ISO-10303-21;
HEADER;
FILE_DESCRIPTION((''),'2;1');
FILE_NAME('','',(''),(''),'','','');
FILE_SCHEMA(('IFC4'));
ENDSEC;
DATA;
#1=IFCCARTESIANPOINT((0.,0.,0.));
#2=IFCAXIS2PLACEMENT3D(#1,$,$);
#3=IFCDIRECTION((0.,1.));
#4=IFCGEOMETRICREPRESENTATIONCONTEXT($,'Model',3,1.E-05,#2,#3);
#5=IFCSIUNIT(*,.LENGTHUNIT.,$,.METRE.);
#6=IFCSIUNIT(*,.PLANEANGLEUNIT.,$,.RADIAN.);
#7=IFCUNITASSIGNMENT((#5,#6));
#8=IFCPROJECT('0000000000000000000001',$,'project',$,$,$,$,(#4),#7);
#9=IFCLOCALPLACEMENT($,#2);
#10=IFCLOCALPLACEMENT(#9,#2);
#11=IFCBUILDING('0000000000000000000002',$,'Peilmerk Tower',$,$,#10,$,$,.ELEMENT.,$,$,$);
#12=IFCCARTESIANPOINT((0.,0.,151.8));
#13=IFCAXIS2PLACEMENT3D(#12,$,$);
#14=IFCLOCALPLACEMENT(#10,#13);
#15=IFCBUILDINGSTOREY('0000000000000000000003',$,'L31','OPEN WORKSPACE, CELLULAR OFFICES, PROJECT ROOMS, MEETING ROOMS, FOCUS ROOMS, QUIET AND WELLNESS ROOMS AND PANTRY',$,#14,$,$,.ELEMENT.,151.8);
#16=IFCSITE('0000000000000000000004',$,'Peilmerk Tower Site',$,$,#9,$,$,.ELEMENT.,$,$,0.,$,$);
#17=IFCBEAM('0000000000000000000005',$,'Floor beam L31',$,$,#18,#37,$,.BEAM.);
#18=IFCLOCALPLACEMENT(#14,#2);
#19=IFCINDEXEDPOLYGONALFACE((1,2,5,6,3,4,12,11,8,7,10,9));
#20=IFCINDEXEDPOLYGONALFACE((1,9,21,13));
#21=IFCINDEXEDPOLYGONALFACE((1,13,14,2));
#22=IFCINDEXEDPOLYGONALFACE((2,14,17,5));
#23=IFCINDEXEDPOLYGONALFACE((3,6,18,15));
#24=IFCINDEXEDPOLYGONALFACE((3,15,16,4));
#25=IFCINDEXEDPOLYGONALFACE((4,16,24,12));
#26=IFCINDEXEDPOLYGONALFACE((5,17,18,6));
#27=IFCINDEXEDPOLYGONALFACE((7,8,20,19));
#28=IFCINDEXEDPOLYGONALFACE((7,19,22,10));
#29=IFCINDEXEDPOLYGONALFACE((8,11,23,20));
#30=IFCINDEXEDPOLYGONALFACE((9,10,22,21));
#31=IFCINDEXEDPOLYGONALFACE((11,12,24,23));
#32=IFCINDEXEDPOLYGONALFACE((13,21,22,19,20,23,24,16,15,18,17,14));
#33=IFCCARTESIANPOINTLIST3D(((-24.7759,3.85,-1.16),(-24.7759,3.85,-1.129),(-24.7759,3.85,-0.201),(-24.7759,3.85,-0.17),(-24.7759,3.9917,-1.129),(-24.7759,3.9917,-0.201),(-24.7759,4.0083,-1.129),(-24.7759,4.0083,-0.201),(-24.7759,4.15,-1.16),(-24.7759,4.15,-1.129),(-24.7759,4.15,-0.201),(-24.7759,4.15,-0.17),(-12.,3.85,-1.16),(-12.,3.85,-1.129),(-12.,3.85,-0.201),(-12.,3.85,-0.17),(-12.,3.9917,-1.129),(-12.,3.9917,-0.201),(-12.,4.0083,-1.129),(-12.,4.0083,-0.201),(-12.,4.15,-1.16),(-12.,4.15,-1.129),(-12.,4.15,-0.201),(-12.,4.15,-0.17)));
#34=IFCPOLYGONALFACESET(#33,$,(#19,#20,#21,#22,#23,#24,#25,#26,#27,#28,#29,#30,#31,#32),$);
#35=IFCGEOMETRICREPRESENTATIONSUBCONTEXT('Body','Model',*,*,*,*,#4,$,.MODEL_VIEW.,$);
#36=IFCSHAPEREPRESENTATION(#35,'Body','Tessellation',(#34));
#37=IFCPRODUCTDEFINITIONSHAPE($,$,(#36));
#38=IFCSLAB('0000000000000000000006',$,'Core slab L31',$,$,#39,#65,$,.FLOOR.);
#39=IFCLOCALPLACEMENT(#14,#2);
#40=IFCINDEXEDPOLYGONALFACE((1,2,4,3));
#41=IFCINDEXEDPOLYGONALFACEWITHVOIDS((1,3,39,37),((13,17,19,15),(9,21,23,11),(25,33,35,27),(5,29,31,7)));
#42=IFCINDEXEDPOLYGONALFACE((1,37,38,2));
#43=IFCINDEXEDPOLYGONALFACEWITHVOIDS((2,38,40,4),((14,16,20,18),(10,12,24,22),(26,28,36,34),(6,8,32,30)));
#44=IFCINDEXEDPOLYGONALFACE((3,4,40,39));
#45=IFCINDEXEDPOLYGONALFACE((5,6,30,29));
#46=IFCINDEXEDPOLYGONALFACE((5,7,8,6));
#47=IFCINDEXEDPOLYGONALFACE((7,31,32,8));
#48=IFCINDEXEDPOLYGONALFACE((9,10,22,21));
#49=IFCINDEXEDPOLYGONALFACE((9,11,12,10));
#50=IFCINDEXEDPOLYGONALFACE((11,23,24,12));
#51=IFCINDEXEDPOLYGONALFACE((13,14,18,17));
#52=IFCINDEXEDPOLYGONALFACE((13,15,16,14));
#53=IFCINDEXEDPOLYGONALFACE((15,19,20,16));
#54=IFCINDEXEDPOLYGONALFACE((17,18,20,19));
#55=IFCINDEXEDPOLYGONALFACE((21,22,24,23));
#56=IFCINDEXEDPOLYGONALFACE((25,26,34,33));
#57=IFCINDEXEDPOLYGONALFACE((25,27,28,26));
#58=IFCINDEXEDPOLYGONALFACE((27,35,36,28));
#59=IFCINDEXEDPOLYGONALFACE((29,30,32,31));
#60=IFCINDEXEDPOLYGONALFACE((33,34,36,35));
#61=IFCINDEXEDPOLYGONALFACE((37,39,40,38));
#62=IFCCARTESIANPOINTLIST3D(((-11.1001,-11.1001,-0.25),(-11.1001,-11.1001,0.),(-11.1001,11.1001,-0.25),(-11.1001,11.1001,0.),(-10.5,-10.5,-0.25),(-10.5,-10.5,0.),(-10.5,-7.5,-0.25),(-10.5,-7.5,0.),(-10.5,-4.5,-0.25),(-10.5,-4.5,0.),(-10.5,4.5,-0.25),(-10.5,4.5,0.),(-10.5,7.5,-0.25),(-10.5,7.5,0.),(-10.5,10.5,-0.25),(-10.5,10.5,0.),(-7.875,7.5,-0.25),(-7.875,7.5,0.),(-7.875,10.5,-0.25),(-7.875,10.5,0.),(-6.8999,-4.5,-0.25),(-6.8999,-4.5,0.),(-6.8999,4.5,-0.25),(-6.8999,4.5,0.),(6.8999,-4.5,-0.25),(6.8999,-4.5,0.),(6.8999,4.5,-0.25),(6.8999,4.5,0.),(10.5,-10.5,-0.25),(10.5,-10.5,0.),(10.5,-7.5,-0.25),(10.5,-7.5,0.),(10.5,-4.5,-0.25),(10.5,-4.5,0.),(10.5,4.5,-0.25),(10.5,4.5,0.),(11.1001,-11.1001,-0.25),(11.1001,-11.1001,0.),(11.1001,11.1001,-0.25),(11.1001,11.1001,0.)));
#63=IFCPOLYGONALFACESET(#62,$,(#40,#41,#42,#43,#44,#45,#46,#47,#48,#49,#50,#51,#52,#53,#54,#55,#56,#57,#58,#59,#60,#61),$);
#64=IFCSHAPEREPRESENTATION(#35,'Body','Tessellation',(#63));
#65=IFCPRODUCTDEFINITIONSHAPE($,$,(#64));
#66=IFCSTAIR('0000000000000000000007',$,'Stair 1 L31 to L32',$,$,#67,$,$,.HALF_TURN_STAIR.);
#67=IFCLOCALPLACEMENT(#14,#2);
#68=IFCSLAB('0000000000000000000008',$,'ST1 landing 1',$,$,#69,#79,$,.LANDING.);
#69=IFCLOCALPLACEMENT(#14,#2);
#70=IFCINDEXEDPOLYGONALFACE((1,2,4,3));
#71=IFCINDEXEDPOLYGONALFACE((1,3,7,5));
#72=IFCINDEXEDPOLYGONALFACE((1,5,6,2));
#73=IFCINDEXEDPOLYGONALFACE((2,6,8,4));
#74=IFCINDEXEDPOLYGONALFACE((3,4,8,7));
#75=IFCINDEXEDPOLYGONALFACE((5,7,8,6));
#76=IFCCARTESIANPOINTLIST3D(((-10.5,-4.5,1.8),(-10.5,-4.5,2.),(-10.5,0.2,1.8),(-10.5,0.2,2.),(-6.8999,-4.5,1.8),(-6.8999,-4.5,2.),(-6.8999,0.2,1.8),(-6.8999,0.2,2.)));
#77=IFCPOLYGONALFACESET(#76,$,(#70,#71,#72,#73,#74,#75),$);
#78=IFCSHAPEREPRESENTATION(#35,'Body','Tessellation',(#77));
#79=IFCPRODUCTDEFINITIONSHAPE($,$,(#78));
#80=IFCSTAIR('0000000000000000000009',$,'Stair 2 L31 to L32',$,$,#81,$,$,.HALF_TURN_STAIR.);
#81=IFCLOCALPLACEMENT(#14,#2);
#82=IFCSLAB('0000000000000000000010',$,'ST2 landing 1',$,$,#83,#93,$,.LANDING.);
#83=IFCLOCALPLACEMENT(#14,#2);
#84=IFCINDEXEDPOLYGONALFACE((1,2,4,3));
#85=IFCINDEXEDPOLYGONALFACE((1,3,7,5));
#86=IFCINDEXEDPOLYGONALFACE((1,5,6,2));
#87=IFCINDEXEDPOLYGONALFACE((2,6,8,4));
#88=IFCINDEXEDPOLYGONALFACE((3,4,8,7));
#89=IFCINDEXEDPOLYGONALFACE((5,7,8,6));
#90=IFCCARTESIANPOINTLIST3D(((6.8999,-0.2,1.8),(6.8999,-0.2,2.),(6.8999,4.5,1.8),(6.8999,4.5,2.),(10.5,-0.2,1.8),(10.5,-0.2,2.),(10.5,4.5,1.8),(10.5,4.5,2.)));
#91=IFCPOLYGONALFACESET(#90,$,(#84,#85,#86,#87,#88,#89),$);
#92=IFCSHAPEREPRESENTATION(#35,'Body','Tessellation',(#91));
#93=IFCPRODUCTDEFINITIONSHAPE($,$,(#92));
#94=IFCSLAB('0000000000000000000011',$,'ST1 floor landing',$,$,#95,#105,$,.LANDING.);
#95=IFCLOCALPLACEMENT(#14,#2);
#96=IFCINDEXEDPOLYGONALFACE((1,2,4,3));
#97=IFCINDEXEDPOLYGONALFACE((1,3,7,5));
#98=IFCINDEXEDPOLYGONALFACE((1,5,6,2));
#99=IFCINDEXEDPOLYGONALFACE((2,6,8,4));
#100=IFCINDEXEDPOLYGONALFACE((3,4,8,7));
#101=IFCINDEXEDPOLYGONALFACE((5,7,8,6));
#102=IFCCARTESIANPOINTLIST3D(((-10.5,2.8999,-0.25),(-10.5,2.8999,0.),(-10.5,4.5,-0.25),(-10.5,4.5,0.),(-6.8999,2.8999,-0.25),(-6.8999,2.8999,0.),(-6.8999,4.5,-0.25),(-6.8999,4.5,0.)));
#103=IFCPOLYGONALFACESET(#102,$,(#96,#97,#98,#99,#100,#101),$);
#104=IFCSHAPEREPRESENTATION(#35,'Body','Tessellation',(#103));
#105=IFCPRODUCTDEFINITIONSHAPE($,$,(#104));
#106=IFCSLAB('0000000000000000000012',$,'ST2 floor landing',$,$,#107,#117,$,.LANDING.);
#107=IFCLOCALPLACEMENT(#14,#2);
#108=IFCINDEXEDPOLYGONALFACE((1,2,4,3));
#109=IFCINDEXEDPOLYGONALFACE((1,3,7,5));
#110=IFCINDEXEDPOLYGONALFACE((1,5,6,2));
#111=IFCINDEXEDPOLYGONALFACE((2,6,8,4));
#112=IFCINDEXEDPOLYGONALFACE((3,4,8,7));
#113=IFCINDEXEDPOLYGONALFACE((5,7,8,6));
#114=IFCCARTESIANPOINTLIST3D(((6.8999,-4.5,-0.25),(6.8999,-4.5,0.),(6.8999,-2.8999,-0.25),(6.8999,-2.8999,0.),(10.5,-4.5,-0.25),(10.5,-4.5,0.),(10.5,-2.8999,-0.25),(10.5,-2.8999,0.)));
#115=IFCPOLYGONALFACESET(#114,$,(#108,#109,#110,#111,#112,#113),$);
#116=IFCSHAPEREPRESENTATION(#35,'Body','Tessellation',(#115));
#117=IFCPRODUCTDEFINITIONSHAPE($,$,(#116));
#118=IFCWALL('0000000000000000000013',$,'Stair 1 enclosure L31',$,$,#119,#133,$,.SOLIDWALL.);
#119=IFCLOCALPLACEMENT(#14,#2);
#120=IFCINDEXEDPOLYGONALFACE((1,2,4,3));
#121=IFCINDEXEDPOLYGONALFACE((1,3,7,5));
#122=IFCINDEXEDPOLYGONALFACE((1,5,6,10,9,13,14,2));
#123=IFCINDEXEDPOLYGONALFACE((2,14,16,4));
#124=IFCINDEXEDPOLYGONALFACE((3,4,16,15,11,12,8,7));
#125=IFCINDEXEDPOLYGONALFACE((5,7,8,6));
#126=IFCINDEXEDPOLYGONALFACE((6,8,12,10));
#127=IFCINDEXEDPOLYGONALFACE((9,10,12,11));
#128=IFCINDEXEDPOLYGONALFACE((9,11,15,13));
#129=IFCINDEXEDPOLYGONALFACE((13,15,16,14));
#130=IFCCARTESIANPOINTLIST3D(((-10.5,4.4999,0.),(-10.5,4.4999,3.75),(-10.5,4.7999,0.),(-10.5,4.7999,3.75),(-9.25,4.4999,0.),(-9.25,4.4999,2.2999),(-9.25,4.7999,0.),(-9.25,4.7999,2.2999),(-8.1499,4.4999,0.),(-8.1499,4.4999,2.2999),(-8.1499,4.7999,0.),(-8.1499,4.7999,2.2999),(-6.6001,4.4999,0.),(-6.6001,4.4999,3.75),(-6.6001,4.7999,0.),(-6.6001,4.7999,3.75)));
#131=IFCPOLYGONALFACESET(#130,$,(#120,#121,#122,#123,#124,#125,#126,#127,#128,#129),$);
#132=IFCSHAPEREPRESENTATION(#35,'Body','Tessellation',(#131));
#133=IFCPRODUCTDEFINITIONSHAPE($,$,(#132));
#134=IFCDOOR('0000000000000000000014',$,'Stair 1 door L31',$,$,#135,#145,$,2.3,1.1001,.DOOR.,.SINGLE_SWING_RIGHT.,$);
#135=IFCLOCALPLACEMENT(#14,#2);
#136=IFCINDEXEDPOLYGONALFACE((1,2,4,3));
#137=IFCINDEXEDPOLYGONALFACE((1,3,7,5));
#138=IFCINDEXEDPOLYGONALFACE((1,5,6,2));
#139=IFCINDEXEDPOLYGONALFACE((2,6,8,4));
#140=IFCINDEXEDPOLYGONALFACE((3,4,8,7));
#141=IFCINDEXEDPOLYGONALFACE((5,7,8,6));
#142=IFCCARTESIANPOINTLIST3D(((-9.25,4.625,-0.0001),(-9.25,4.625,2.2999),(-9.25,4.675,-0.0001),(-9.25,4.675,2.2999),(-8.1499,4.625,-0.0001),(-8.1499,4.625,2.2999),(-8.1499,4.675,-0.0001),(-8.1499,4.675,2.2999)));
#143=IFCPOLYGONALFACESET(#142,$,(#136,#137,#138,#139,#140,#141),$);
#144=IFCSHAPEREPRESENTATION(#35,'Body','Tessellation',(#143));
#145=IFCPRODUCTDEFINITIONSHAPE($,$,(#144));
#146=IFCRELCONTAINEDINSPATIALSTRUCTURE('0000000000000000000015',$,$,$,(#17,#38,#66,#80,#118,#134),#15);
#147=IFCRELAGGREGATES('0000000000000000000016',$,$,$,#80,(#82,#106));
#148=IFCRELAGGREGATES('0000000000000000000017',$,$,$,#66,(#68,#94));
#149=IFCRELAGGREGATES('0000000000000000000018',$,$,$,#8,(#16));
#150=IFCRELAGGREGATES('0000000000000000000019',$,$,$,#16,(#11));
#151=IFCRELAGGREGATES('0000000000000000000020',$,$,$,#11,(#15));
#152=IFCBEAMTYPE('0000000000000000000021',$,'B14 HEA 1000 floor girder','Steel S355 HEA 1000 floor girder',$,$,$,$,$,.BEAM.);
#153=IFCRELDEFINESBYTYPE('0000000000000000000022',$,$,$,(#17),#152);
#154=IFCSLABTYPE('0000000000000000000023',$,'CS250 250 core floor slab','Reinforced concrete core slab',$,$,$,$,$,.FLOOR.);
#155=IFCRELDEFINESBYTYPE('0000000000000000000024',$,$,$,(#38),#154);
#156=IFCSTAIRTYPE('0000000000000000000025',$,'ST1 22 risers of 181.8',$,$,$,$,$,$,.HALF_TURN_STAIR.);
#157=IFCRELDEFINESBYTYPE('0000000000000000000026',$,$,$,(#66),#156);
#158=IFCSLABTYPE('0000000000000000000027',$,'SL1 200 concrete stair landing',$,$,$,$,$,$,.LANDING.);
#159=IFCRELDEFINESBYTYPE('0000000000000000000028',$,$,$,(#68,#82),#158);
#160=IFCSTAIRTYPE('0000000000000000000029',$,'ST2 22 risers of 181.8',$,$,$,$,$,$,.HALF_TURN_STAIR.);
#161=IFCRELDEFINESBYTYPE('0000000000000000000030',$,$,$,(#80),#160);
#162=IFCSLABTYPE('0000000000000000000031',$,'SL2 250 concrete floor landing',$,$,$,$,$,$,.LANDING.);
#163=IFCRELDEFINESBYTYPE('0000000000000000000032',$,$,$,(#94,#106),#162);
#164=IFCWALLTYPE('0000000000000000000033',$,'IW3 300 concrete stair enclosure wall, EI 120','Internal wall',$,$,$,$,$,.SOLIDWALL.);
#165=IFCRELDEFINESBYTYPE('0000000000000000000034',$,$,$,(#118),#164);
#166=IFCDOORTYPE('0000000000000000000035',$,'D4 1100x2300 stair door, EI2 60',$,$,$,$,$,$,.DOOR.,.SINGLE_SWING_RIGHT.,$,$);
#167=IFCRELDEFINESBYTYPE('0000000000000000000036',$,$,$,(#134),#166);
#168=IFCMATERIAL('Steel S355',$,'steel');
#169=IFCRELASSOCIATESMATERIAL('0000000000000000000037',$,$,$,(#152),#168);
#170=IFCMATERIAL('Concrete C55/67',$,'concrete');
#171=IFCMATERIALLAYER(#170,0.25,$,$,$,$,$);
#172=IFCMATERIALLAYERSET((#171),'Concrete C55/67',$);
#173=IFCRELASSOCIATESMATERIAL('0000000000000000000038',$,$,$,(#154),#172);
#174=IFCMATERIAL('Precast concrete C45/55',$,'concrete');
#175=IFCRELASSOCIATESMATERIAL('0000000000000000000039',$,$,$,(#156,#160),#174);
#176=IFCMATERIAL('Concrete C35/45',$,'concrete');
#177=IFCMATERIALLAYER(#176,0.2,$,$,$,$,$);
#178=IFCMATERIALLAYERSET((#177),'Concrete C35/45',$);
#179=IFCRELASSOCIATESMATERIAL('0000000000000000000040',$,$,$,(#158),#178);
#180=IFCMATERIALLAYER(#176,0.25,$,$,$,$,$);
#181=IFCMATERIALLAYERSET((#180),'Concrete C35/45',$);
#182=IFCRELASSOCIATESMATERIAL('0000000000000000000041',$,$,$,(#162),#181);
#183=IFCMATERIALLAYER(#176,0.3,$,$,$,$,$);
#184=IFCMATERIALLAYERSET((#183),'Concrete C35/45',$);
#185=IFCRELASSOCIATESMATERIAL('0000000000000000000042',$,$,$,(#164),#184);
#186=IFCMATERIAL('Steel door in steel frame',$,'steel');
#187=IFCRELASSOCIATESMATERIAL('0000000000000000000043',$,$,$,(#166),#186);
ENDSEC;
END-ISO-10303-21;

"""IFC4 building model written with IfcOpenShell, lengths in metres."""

from ifc_helpers import new_model, si_unit, direction, frame, frame_2d, origin, origin_2d, place, context, subcontext, project, spatial, polyline, rectangle, i_section, outline, extrude, material, layer, layer_set, material_profile, profile_set, type_object, element, fill, aggregate, save


model = new_model("IFC4")

# Units and contexts
model_context = context("Model", 3, precision=1e-05, world=origin(), true_north=direction((0.0, 1.0)))
body_context = subcontext(model_context, "Body", "Model", "MODEL_VIEW")
ifc_project = project(units=[si_unit("LENGTHUNIT", "METRE"), si_unit("PLANEANGLEUNIT", "RADIAN")], contexts=[model_context])

# Site, building, storey
site_placement = place(None, origin())
site = spatial("IfcSite", under=ifc_project, at=site_placement, Name="Peilmerk Tower Site", CompositionType="ELEMENT", RefElevation=0.0)
building_placement = place(site_placement, origin())
building = spatial("IfcBuilding", under=site, at=building_placement, Name="Peilmerk Tower", CompositionType="ELEMENT")
storey_placement = place(building_placement, frame((0.0, 0.0, 151.8)))
storey = spatial("IfcBuildingStorey", under=building, at=storey_placement, Name="L31", Description="OPEN WORKSPACE, CELLULAR OFFICES, PROJECT ROOMS, MEETING ROOMS, FOCUS ROOMS, QUIET AND WELLNESS ROOMS AND PANTRY", CompositionType="ELEMENT", Elevation=151.8)

# Beam
ifc_material_1 = material(Name="Steel S355", Category="steel")
ifc_material_profile = material_profile(ifc_material_1, i_section(OverallWidth=0.3, OverallDepth=0.99, WebThickness=0.0166, FlangeThickness=0.031, at=origin_2d()), Name="HEA 1000")
ifc_profile_set = profile_set([ifc_material_profile], Name="Steel S355")
beam_type = type_object("IfcBeamType", Name="B14 HEA 1000 floor girder", Description="Steel S355 HEA 1000 floor girder", PredefinedType="BEAM", material=ifc_profile_set)
beam_placement = place(storey_placement, frame((-12.0, 4.0, -0.665), z_axis=(-1.0, 0.0, 0.0), x_axis=(0.0, -1.0, 0.0)))
element("IfcBeam", 1, at=beam_placement, inside=storey, type_object=beam_type, Name="Floor beam L31", PredefinedType="BEAM", context=body_context, shape_type="SweptSolid", body=[
    extrude(i_section(OverallWidth=0.3, OverallDepth=0.99, WebThickness=0.0166, FlangeThickness=0.031, at=origin_2d()), origin(), (0.0, 0.0, 1.0), 12.7759),
])

# Slab
ifc_material_2 = material(Name="Concrete C55/67", Category="concrete")
ifc_layer_1 = layer(ifc_material_2, 0.25)
ifc_layer_set_1 = layer_set([ifc_layer_1], Name="Concrete C55/67")
slab_type_1 = type_object("IfcSlabType", Name="CS250 250 core floor slab", Description="Reinforced concrete core slab", PredefinedType="FLOOR", material=ifc_layer_set_1)
slab_1_placement = place(storey_placement, frame((0.0, 0.0, -0.25)))
element("IfcSlab", 2, at=slab_1_placement, inside=storey, type_object=slab_type_1, Name="Core slab L31", PredefinedType="FLOOR", context=body_context, shape_type="SweptSolid", body=[
    extrude(outline(polyline([(11.1001, 11.1001), (-11.1001, 11.1001), (-11.1001, -11.1001), (11.1001, -11.1001), (11.1001, 11.1001)]), holes=[polyline([(-10.5, 7.5), (-10.5, 10.5), (-7.875, 10.5), (-7.875, 7.5), (-10.5, 7.5)]), polyline([(-10.5, -10.5), (-10.5, -7.5), (10.5, -7.5), (10.5, -10.5), (-10.5, -10.5)]), polyline([(-10.5, 4.5), (-6.8999, 4.5), (-6.8999, -4.5), (-10.5, -4.5), (-10.5, 4.5)]), polyline([(10.5, 4.5), (10.5, -4.5), (6.8999, -4.5), (6.8999, 4.5), (10.5, 4.5)])]), origin(), (0.0, 0.0, 1.0), 0.25),
])

# Stairs, slabs
ifc_material_3 = material(Name="Precast concrete C45/55", Category="concrete")
stair_type_1 = type_object("IfcStairType", Name="ST1 22 risers of 181.8", PredefinedType="HALF_TURN_STAIR", material=ifc_material_3)
stair_1_placement = place(storey_placement, origin())
stair_1 = element("IfcStair", 3, at=stair_1_placement, inside=storey, type_object=stair_type_1, Name="Stair 1 L31 to L32", PredefinedType="HALF_TURN_STAIR")
ifc_material_4 = material(Name="Concrete C35/45", Category="concrete")
ifc_layer_2 = layer(ifc_material_4, 0.2)
ifc_layer_set_2 = layer_set([ifc_layer_2], Name="Concrete C35/45")
slab_type_2 = type_object("IfcSlabType", Name="SL1 200 concrete stair landing", PredefinedType="LANDING", material=ifc_layer_set_2)
slab_2_placement = place(storey_placement, frame((0.0, 0.0, 1.8)))
slab_2 = element("IfcSlab", 4, at=slab_2_placement, type_object=slab_type_2, Name="ST1 landing 1", PredefinedType="LANDING", context=body_context, shape_type="SweptSolid", body=[
    extrude(outline(polyline([(-10.5, -4.5), (-6.8999, -4.5), (-6.8999, 0.2), (-10.5, 0.2), (-10.5, -4.5)])), origin(), (0.0, 0.0, 1.0), 0.2),
])
stair_type_2 = type_object("IfcStairType", Name="ST2 22 risers of 181.8", PredefinedType="HALF_TURN_STAIR", material=ifc_material_3)
stair_2_placement = place(storey_placement, origin())
stair_2 = element("IfcStair", 5, at=stair_2_placement, inside=storey, type_object=stair_type_2, Name="Stair 2 L31 to L32", PredefinedType="HALF_TURN_STAIR")
slab_3_placement = place(storey_placement, frame((0.0, 0.0, 1.8)))
slab_3 = element("IfcSlab", 6, at=slab_3_placement, type_object=slab_type_2, Name="ST2 landing 1", PredefinedType="LANDING", context=body_context, shape_type="SweptSolid", body=[
    extrude(outline(polyline([(6.8999, -0.2), (10.5, -0.2), (10.5, 4.5), (6.8999, 4.5), (6.8999, -0.2)])), origin(), (0.0, 0.0, 1.0), 0.2),
])

# Slabs
ifc_layer_3 = layer(ifc_material_4, 0.25)
ifc_layer_set_3 = layer_set([ifc_layer_3], Name="Concrete C35/45")
slab_type_3 = type_object("IfcSlabType", Name="SL2 250 concrete floor landing", PredefinedType="LANDING", material=ifc_layer_set_3)
slab_4_placement = place(storey_placement, frame((0.0, 0.0, -0.25)))
slab_4 = element("IfcSlab", 7, at=slab_4_placement, type_object=slab_type_3, Name="ST1 floor landing", PredefinedType="LANDING", context=body_context, shape_type="SweptSolid", body=[
    extrude(outline(polyline([(-10.5, 2.8999), (-6.8999, 2.8999), (-6.8999, 4.5), (-10.5, 4.5), (-10.5, 2.8999)])), origin(), (0.0, 0.0, 1.0), 0.25),
])
slab_5_placement = place(storey_placement, frame((0.0, 0.0, -0.25)))
slab_5 = element("IfcSlab", 8, at=slab_5_placement, type_object=slab_type_3, Name="ST2 floor landing", PredefinedType="LANDING", context=body_context, shape_type="SweptSolid", body=[
    extrude(outline(polyline([(6.8999, -4.5), (10.5, -4.5), (10.5, -2.8999), (6.8999, -2.8999), (6.8999, -4.5)])), origin(), (0.0, 0.0, 1.0), 0.25),
])
aggregate(stair_2, [slab_3, slab_5])

# Wall, opening, door
ifc_layer_4 = layer(ifc_material_4, 0.3)
ifc_layer_set_4 = layer_set([ifc_layer_4], Name="Concrete C35/45")
wall_type_1 = type_object("IfcWallType", Name="IW3 300 concrete stair enclosure wall, EI 120", Description="Internal wall", PredefinedType="SOLIDWALL", material=ifc_layer_set_4)
wall_1_placement = place(storey_placement, frame((-10.5, 4.6499, 0.0), z_axis=(0.0, 0.0, 1.0), x_axis=(1.0, 0.0, 0.0)))
wall_1 = element("IfcWall", 9, at=wall_1_placement, inside=storey, type_object=wall_type_1, Name="Stair 1 enclosure L31", PredefinedType="SOLIDWALL", context=body_context, shape_type="SweptSolid", body=[
    extrude(rectangle(XDim=3.8999, YDim=0.3, at=frame_2d((1.95, 0.0))), origin(), (0.0, 0.0, 1.0), 3.75),
])
opening_1_placement = place(wall_1_placement, frame((1.25, 0.0, 0.0)))
opening_1 = element("IfcOpeningElement", 10, at=opening_1_placement, cuts=wall_1, PredefinedType="OPENING", context=body_context, shape_type="SweptSolid", body=[
    extrude(rectangle(XDim=1.1001, YDim=2.3, at=frame_2d((0.55, 1.1499))), frame((0.0, 0.1599, 0.0), z_axis=(0.0, -1.0, 0.0), x_axis=(1.0, 0.0, 0.0)), (0.0, 0.0, 1.0), 0.3201),
])
ifc_material_5 = material(Name="Steel door in steel frame", Category="steel")
door_type_1 = type_object("IfcDoorType", Name="D4 1100x2300 stair door, EI2 60", OperationType="SINGLE_SWING_RIGHT", PredefinedType="DOOR", material=ifc_material_5)
door_1_placement = place(opening_1_placement, frame((1.1001, 0.0, 0.0), z_axis=(0.0, 0.0, 1.0), x_axis=(-1.0, 0.0, 0.0)))
door_1 = element("IfcDoor", 11, at=door_1_placement, inside=storey, type_object=door_type_1, Name="Stair 1 door L31", OperationType="SINGLE_SWING_RIGHT", OverallHeight=2.3, OverallWidth=1.1001, PredefinedType="DOOR", context=body_context, shape_type="SweptSolid", body=[
    extrude(rectangle(XDim=1.1001, YDim=2.3, at=frame_2d((0.55, 1.1499))), frame((0.0, 0.0249, 0.0), z_axis=(0.0, -1.0, 0.0), x_axis=(1.0, 0.0, 0.0)), (0.0, 0.0, 1.0), 0.05),
])
fill(opening_1, door_1)

aggregate(stair_1, [slab_2, slab_4])

save(model, "model.ifc")
